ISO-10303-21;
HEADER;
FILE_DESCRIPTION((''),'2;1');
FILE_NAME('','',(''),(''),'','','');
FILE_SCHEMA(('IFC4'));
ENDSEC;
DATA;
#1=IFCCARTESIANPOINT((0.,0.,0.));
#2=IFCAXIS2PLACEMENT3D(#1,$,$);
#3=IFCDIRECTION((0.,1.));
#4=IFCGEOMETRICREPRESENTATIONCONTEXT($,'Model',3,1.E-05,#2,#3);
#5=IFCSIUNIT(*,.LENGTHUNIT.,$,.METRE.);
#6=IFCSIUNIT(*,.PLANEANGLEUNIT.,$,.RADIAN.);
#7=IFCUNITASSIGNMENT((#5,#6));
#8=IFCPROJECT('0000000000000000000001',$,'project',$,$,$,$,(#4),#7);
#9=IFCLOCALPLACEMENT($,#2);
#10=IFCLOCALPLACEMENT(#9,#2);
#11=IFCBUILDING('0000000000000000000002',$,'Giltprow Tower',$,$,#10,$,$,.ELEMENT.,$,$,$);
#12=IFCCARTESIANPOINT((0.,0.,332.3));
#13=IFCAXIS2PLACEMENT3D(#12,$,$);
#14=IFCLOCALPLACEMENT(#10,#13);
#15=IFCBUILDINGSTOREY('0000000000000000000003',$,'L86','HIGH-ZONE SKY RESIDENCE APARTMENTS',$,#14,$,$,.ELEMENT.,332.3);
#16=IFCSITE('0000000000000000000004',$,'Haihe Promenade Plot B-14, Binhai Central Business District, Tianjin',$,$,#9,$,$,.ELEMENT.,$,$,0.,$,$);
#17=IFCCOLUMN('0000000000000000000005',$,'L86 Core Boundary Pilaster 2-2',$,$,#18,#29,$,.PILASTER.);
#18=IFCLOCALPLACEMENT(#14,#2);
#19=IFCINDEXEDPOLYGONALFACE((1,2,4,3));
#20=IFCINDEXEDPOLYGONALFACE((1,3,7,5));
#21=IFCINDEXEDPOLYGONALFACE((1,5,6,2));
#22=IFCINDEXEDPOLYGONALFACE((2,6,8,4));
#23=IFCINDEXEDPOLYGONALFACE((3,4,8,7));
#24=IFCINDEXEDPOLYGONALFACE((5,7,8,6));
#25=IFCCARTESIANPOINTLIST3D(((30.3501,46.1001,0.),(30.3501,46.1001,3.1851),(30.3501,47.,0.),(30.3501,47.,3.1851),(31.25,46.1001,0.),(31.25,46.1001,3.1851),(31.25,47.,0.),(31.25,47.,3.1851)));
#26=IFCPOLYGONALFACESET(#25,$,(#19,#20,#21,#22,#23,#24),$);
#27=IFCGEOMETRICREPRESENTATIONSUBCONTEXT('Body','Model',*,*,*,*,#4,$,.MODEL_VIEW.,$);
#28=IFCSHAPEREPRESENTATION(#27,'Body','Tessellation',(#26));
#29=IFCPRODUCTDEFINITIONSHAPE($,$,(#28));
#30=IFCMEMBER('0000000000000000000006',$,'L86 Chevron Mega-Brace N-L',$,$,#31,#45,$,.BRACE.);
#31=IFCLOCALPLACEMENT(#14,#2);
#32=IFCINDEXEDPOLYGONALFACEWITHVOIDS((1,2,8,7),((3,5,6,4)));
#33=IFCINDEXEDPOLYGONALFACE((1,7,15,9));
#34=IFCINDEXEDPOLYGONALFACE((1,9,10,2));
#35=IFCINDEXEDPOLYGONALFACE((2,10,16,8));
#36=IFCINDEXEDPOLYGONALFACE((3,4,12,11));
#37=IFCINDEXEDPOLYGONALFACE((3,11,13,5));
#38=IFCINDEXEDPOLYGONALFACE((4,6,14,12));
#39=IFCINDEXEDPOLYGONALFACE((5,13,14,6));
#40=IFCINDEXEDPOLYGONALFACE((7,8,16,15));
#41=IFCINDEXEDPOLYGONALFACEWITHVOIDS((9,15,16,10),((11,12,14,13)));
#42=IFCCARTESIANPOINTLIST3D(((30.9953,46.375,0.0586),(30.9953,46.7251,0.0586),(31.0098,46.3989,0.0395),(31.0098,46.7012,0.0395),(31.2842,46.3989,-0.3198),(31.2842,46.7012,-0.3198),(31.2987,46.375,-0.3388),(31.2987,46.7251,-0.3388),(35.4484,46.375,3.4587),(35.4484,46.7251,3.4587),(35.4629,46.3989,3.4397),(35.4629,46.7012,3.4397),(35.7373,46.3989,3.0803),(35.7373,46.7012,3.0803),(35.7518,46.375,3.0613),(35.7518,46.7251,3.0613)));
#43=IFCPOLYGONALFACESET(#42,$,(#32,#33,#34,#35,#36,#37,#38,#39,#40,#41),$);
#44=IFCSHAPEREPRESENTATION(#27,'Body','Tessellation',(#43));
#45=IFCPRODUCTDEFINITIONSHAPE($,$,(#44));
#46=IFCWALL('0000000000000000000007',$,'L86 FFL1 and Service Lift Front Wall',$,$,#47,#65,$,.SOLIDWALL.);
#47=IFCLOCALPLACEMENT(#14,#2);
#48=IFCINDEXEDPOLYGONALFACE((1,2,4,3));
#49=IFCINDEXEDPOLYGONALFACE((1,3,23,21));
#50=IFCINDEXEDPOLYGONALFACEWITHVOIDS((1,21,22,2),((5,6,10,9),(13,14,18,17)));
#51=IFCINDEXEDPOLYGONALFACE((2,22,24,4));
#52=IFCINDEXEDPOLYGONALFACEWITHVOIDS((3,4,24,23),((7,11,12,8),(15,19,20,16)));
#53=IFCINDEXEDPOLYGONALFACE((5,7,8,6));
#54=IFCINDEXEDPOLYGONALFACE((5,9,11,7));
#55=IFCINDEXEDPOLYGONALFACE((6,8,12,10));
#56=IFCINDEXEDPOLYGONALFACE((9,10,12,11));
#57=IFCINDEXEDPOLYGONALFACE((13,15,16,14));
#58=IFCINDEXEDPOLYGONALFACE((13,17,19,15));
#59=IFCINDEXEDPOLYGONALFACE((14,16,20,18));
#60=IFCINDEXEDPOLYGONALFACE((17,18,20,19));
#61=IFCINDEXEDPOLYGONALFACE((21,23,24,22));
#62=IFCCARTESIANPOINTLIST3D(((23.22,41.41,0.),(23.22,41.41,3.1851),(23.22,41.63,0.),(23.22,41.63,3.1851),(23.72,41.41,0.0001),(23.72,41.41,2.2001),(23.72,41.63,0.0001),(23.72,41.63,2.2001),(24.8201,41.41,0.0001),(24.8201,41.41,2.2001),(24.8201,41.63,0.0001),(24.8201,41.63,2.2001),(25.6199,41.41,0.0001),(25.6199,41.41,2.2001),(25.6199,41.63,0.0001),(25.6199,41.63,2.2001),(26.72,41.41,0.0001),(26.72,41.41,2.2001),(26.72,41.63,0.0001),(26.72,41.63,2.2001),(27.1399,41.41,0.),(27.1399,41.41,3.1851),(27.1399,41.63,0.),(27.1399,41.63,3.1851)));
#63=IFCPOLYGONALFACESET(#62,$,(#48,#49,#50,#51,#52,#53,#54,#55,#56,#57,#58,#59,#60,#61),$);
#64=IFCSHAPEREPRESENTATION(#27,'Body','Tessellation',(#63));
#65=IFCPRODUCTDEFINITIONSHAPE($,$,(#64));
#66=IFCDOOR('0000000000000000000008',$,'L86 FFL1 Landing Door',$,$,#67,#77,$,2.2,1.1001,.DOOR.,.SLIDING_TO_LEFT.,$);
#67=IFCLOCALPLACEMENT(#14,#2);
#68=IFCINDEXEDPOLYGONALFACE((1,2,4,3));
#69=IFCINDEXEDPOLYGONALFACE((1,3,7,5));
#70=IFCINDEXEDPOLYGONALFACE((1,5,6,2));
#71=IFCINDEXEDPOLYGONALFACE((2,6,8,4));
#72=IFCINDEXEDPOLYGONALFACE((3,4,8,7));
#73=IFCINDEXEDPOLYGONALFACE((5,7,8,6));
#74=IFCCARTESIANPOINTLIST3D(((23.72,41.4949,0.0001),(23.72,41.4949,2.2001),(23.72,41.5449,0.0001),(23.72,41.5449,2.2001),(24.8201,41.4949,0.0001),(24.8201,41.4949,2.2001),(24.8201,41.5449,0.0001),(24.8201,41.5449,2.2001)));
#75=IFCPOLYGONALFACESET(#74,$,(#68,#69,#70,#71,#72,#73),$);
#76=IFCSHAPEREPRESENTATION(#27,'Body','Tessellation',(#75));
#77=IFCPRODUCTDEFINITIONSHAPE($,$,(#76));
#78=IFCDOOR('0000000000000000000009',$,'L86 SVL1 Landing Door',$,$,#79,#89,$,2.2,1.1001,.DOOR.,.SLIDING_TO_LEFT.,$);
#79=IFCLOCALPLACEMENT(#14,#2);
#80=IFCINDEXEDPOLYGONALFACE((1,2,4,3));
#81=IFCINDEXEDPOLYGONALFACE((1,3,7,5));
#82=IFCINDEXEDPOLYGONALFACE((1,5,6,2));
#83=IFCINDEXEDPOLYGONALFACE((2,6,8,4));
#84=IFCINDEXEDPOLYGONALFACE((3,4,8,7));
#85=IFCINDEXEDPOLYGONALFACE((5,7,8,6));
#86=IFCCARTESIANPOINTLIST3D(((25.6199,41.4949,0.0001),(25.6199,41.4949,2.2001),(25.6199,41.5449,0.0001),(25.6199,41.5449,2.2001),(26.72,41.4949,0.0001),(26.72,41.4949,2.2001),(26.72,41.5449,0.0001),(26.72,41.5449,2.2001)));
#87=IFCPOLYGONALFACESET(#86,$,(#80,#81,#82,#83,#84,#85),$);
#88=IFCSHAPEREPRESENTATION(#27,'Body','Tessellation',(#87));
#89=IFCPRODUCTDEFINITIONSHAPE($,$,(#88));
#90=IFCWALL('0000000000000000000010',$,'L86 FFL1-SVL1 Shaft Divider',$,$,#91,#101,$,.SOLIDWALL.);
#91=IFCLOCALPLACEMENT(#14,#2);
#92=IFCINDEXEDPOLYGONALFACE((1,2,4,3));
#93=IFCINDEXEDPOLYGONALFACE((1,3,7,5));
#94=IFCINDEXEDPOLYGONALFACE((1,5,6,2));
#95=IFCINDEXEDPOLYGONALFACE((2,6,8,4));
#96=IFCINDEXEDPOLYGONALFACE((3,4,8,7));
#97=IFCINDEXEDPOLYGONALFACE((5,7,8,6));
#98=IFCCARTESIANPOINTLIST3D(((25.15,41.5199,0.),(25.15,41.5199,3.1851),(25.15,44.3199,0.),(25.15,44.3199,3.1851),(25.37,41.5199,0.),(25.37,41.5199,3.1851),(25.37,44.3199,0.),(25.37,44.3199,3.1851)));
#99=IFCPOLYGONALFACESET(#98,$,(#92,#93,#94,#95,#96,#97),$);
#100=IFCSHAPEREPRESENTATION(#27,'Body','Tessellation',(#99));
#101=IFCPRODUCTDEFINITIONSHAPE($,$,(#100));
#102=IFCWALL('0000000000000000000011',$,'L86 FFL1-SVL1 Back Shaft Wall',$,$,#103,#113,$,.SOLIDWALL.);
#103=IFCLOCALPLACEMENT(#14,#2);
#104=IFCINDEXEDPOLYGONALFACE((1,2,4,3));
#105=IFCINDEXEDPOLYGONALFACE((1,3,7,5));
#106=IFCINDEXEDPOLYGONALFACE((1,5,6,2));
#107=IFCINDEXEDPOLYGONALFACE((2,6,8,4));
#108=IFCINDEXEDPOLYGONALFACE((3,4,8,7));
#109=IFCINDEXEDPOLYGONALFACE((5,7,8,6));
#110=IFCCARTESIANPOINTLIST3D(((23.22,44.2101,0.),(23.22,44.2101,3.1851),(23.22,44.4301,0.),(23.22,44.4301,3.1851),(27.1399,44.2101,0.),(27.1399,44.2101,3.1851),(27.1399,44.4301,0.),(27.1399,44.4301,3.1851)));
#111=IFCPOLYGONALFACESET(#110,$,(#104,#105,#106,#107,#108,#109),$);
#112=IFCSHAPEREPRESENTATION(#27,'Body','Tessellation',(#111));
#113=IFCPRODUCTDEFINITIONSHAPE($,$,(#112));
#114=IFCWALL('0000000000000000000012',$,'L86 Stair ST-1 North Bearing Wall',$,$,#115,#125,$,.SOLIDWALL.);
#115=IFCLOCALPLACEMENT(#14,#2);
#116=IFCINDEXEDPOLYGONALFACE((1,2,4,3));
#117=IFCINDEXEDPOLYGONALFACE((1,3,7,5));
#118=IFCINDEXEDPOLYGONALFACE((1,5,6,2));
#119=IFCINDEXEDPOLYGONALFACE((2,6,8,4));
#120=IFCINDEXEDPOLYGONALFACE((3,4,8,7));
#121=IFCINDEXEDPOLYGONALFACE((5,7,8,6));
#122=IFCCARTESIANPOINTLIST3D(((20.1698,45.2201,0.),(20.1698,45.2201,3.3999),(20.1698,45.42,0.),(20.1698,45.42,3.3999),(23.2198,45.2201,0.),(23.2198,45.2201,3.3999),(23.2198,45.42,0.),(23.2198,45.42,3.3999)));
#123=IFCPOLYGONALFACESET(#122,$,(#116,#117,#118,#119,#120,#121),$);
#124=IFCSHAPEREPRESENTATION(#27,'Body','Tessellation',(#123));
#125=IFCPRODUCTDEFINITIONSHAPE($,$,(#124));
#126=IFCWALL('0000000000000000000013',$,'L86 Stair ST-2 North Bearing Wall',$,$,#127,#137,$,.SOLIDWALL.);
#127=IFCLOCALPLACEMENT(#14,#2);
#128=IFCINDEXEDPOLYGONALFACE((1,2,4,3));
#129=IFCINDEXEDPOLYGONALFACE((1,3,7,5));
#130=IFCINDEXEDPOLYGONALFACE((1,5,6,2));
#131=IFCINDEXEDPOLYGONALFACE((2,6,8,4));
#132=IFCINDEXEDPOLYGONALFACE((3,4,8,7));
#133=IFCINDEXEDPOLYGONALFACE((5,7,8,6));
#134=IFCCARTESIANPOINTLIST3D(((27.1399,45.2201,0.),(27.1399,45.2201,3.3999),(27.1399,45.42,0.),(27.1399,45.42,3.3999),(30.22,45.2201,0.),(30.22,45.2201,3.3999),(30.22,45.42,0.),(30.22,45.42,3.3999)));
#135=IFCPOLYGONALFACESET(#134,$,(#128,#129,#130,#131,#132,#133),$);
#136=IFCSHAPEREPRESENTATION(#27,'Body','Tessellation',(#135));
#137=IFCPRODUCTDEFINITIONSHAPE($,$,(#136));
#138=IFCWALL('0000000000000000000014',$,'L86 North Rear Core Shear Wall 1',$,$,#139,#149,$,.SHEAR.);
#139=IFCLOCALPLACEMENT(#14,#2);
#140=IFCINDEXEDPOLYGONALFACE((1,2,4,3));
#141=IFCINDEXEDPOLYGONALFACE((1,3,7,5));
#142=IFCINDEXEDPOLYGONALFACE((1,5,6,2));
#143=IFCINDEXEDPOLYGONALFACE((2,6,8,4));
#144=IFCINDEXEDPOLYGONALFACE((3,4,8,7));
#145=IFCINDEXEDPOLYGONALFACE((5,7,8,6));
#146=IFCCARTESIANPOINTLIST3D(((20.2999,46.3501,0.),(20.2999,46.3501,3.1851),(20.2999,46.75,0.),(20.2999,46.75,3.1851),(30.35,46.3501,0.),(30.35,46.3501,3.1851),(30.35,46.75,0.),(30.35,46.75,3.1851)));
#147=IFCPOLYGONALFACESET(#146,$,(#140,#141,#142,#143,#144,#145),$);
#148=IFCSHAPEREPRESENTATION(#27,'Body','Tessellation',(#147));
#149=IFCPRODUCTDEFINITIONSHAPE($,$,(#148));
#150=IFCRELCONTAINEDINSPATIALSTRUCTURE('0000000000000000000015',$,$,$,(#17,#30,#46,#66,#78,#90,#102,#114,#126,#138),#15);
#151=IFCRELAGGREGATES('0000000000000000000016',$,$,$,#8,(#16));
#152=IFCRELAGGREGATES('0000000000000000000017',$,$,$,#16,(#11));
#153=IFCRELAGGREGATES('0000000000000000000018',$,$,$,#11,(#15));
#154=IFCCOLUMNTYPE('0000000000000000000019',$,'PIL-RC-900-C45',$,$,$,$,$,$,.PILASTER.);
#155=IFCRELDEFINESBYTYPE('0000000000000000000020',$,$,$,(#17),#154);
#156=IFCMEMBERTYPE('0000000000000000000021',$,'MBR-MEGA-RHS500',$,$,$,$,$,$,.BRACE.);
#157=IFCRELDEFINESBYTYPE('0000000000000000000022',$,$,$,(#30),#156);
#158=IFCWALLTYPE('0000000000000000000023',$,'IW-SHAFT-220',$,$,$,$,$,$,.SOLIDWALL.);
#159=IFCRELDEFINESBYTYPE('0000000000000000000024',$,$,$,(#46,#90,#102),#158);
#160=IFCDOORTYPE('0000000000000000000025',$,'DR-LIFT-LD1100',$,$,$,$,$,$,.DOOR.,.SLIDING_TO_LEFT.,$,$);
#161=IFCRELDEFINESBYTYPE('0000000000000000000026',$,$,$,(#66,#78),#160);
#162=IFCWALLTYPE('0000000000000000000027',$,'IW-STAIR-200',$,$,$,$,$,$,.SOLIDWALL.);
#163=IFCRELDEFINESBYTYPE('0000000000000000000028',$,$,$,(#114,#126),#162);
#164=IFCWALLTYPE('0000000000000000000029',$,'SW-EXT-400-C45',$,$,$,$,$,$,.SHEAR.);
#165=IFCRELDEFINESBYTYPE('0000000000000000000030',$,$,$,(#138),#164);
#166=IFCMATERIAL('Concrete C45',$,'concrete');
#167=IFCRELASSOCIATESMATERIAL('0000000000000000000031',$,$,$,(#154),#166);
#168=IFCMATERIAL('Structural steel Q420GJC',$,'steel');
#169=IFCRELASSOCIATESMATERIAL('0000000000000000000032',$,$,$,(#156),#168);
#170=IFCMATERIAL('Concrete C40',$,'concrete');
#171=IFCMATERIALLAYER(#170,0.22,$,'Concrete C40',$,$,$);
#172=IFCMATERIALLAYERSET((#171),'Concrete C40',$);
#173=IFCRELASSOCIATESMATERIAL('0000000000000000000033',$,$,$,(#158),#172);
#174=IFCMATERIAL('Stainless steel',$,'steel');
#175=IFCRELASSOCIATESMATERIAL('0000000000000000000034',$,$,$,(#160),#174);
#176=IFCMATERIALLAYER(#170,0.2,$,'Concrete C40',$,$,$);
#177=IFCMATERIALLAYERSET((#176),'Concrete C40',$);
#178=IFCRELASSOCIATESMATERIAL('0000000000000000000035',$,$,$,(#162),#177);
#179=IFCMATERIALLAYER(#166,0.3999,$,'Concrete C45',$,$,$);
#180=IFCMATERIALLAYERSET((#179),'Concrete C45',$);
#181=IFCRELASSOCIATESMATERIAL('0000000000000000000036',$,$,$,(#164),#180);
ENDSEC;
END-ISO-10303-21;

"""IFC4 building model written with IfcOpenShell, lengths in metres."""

from ifc_helpers import new_model, si_unit, direction, frame, frame_2d, origin, origin_2d, place, context, subcontext, project, spatial, rectangle, hollow_rectangle, extrude, source, transform, mapped, material, layer, layer_set, material_profile, profile_set, type_object, element, fill, save


model = new_model("IFC4")

# Units and contexts
model_context = context("Model", 3, precision=1e-05, world=origin(), true_north=direction((0.0, 1.0)))
body_context = subcontext(model_context, "Body", "Model", "MODEL_VIEW")
ifc_project = project(units=[si_unit("LENGTHUNIT", "METRE"), si_unit("PLANEANGLEUNIT", "RADIAN")], contexts=[model_context])

# Site, building, storey
site_placement = place(None, origin())
site = spatial("IfcSite", under=ifc_project, at=site_placement, Name="Haihe Promenade Plot B-14, Binhai Central Business District, Tianjin", CompositionType="ELEMENT", RefElevation=0.0)
building_placement = place(site_placement, origin())
building = spatial("IfcBuilding", under=site, at=building_placement, Name="Giltprow Tower", CompositionType="ELEMENT")
storey_placement = place(building_placement, frame((0.0, 0.0, 332.3)))
storey = spatial("IfcBuildingStorey", under=building, at=storey_placement, Name="L86", Description="HIGH-ZONE SKY RESIDENCE APARTMENTS", CompositionType="ELEMENT", Elevation=332.3)

# Column
ifc_material_1 = material(Name="Concrete C45", Category="concrete")
ifc_material_profile_1 = material_profile(ifc_material_1, rectangle(XDim=0.8999, YDim=0.8999, at=origin_2d()), Name="RC 900x900")
ifc_profile_set_1 = profile_set([ifc_material_profile_1], Name="Concrete C45")
column_type = type_object("IfcColumnType", Name="PIL-RC-900-C45", PredefinedType="PILASTER", material=ifc_profile_set_1)
shared_shape_1 = source(origin(), body_context, "Body", "SweptSolid", [
    extrude(rectangle(XDim=0.8999, YDim=0.8999, at=origin_2d()), origin(), (0.0, 0.0, 1.0), 3.1851),
])
column_placement = place(storey_placement, frame((30.8, 46.55, 0.0), z_axis=(0.0, 0.0, 1.0), x_axis=(1.0, 0.0, 0.0)))
element("IfcColumn", 1, at=column_placement, inside=storey, type_object=column_type, Name="L86 Core Boundary Pilaster 2-2", PredefinedType="PILASTER", context=body_context, shape_type="MappedRepresentation", body=[
    mapped(shared_shape_1, transform((0.0, 0.0, 0.0), x_axis=(1.0, 0.0, 0.0), y_axis=(0.0, 1.0, 0.0), z_axis=(0.0, 0.0, 1.0), scale=1.0)),
])

# Member
ifc_material_2 = material(Name="Structural steel Q420GJC", Category="steel")
ifc_material_profile_2 = material_profile(ifc_material_2, hollow_rectangle(XDim=0.3501, YDim=0.5, WallThickness=0.0239, at=origin_2d()), Name="RHS 500x350x24")
ifc_profile_set_2 = profile_set([ifc_material_profile_2], Name="Structural steel Q420GJC")
member_type = type_object("IfcMemberType", Name="MBR-MEGA-RHS500", PredefinedType="BRACE", material=ifc_profile_set_2)
shared_shape_2 = source(origin(), body_context, "Body", "SweptSolid", [
    extrude(hollow_rectangle(XDim=0.3501, YDim=0.5, WallThickness=0.0239, at=origin_2d()), origin(), (0.0, 0.0, 1.0), 5.6028),
])
member_placement = place(storey_placement, frame((31.147, 46.55, -0.1401), z_axis=(0.794804, 0.0, 0.606866), x_axis=(0.0, 1.0, 0.0)))
element("IfcMember", 2, at=member_placement, inside=storey, type_object=member_type, Name="L86 Chevron Mega-Brace N-L", PredefinedType="BRACE", context=body_context, shape_type="MappedRepresentation", body=[
    mapped(shared_shape_2, transform((0.0, 0.0, 0.0), x_axis=(1.0, 0.0, 0.0), y_axis=(0.0, 1.0, 0.0), z_axis=(0.0, 0.0, 1.0), scale=1.0)),
])

# Wall, openings, doors
ifc_material_3 = material(Name="Concrete C40", Category="concrete")
ifc_layer_1 = layer(ifc_material_3, 0.22, Name="Concrete C40")
ifc_layer_set_1 = layer_set([ifc_layer_1], Name="Concrete C40")
wall_type_1 = type_object("IfcWallType", Name="IW-SHAFT-220", PredefinedType="SOLIDWALL", material=ifc_layer_set_1)
wall_1_placement = place(storey_placement, frame((23.22, 41.52, 0.0), z_axis=(0.0, 0.0, 1.0), x_axis=(1.0, 0.0, 0.0)))
wall_1 = element("IfcWall", 3, at=wall_1_placement, inside=storey, type_object=wall_type_1, Name="L86 FFL1 and Service Lift Front Wall", PredefinedType="SOLIDWALL", context=body_context, shape_type="SweptSolid", body=[
    extrude(rectangle(XDim=3.9199, YDim=0.22, at=frame_2d((1.96, 0.0))), origin(), (0.0, 0.0, 1.0), 3.1851),
])
opening_1_placement = place(wall_1_placement, frame((0.5, 0.0, 0.0)))
opening_1 = element("IfcOpeningElement", 4, at=opening_1_placement, cuts=wall_1, PredefinedType="OPENING", context=body_context, shape_type="SweptSolid", body=[
    extrude(rectangle(XDim=1.1001, YDim=2.2, at=frame_2d((0.55, 1.1001))), frame((0.0, 0.1199, 0.0), z_axis=(0.0, -1.0, 0.0), x_axis=(1.0, 0.0, 0.0)), (0.0, 0.0, 1.0), 0.24),
])
opening_2_placement = place(wall_1_placement, frame((2.3999, 0.0, 0.0)))
opening_2 = element("IfcOpeningElement", 5, at=opening_2_placement, cuts=wall_1, PredefinedType="OPENING", context=body_context, shape_type="SweptSolid", body=[
    extrude(rectangle(XDim=1.1001, YDim=2.2, at=frame_2d((0.55, 1.1001))), frame((0.0, 0.1199, 0.0), z_axis=(0.0, -1.0, 0.0), x_axis=(1.0, 0.0, 0.0)), (0.0, 0.0, 1.0), 0.24),
])
ifc_material_4 = material(Name="Stainless steel", Category="steel")
door_type = type_object("IfcDoorType", Name="DR-LIFT-LD1100", OperationType="SLIDING_TO_LEFT", PredefinedType="DOOR", material=ifc_material_4)
shared_shape_3 = source(origin(), body_context, "Body", "SweptSolid", [
    extrude(rectangle(XDim=1.1001, YDim=2.2, at=frame_2d((0.55, 1.1001))), frame((0.0, 0.0249, 0.0), z_axis=(0.0, -1.0, 0.0), x_axis=(1.0, 0.0, 0.0)), (0.0, 0.0, 1.0), 0.05),
])
door_1_placement = place(opening_1_placement, origin())
door_1 = element("IfcDoor", 6, at=door_1_placement, inside=storey, type_object=door_type, Name="L86 FFL1 Landing Door", OperationType="SLIDING_TO_LEFT", OverallHeight=2.2, OverallWidth=1.1001, PredefinedType="DOOR", context=body_context, shape_type="MappedRepresentation", body=[
    mapped(shared_shape_3, transform((0.0, 0.0, 0.0), x_axis=(1.0, 0.0, 0.0), y_axis=(0.0, 1.0, 0.0), z_axis=(0.0, 0.0, 1.0), scale=1.0)),
])
fill(opening_1, door_1)
door_2_placement = place(opening_2_placement, origin())
door_2 = element("IfcDoor", 7, at=door_2_placement, inside=storey, type_object=door_type, Name="L86 SVL1 Landing Door", OperationType="SLIDING_TO_LEFT", OverallHeight=2.2, OverallWidth=1.1001, PredefinedType="DOOR", context=body_context, shape_type="MappedRepresentation", body=[
    mapped(shared_shape_3, transform((0.0, 0.0, 0.0), x_axis=(1.0, 0.0, 0.0), y_axis=(0.0, 1.0, 0.0), z_axis=(0.0, 0.0, 1.0), scale=1.0)),
])
fill(opening_2, door_2)

# Walls
wall_2_placement = place(storey_placement, frame((25.26, 41.52, 0.0), z_axis=(0.0, 0.0, 1.0), x_axis=(0.0, 1.0, 0.0)))
element("IfcWall", 8, at=wall_2_placement, inside=storey, type_object=wall_type_1, Name="L86 FFL1-SVL1 Shaft Divider", PredefinedType="SOLIDWALL", context=body_context, shape_type="SweptSolid", body=[
    extrude(rectangle(XDim=2.8, YDim=0.22, at=frame_2d((1.3999, 0.0))), origin(), (0.0, 0.0, 1.0), 3.1851),
])
wall_3_placement = place(storey_placement, frame((23.22, 44.3201, 0.0), z_axis=(0.0, 0.0, 1.0), x_axis=(1.0, 0.0, 0.0)))
element("IfcWall", 9, at=wall_3_placement, inside=storey, type_object=wall_type_1, Name="L86 FFL1-SVL1 Back Shaft Wall", PredefinedType="SOLIDWALL", context=body_context, shape_type="SweptSolid", body=[
    extrude(rectangle(XDim=3.9199, YDim=0.22, at=frame_2d((1.96, 0.0))), origin(), (0.0, 0.0, 1.0), 3.1851),
])
ifc_layer_2 = layer(ifc_material_3, 0.2, Name="Concrete C40")
ifc_layer_set_2 = layer_set([ifc_layer_2], Name="Concrete C40")
wall_type_2 = type_object("IfcWallType", Name="IW-STAIR-200", PredefinedType="SOLIDWALL", material=ifc_layer_set_2)
wall_4_placement = place(storey_placement, frame((20.1699, 45.3201, 0.0), z_axis=(0.0, 0.0, 1.0), x_axis=(1.0, 0.0, 0.0)))
element("IfcWall", 10, at=wall_4_placement, inside=storey, type_object=wall_type_2, Name="L86 Stair ST-1 North Bearing Wall", PredefinedType="SOLIDWALL", context=body_context, shape_type="SweptSolid", body=[
    extrude(rectangle(XDim=3.05, YDim=0.2, at=frame_2d((1.5249, 0.0))), origin(), (0.0, 0.0, 1.0), 3.3999),
])
wall_5_placement = place(storey_placement, frame((27.1399, 45.3201, 0.0), z_axis=(0.0, 0.0, 1.0), x_axis=(1.0, 0.0, 0.0)))
element("IfcWall", 11, at=wall_5_placement, inside=storey, type_object=wall_type_2, Name="L86 Stair ST-2 North Bearing Wall", PredefinedType="SOLIDWALL", context=body_context, shape_type="SweptSolid", body=[
    extrude(rectangle(XDim=3.0801, YDim=0.2, at=frame_2d((1.54, 0.0))), origin(), (0.0, 0.0, 1.0), 3.3999),
])
ifc_layer_3 = layer(ifc_material_1, 0.3999, Name="Concrete C45")
ifc_layer_set_3 = layer_set([ifc_layer_3], Name="Concrete C45")
wall_type_3 = type_object("IfcWallType", Name="SW-EXT-400-C45", PredefinedType="SHEAR", material=ifc_layer_set_3)
wall_6_placement = place(storey_placement, frame((20.3, 46.55, 0.0), z_axis=(0.0, 0.0, 1.0), x_axis=(1.0, 0.0, 0.0)))
element("IfcWall", 12, at=wall_6_placement, inside=storey, type_object=wall_type_3, Name="L86 North Rear Core Shear Wall 1", PredefinedType="SHEAR", context=body_context, shape_type="SweptSolid", body=[
    extrude(rectangle(XDim=10.05, YDim=0.3999, at=frame_2d((5.0249, 0.0))), origin(), (0.0, 0.0, 1.0), 3.1851),
])

save(model, "model.ifc")
